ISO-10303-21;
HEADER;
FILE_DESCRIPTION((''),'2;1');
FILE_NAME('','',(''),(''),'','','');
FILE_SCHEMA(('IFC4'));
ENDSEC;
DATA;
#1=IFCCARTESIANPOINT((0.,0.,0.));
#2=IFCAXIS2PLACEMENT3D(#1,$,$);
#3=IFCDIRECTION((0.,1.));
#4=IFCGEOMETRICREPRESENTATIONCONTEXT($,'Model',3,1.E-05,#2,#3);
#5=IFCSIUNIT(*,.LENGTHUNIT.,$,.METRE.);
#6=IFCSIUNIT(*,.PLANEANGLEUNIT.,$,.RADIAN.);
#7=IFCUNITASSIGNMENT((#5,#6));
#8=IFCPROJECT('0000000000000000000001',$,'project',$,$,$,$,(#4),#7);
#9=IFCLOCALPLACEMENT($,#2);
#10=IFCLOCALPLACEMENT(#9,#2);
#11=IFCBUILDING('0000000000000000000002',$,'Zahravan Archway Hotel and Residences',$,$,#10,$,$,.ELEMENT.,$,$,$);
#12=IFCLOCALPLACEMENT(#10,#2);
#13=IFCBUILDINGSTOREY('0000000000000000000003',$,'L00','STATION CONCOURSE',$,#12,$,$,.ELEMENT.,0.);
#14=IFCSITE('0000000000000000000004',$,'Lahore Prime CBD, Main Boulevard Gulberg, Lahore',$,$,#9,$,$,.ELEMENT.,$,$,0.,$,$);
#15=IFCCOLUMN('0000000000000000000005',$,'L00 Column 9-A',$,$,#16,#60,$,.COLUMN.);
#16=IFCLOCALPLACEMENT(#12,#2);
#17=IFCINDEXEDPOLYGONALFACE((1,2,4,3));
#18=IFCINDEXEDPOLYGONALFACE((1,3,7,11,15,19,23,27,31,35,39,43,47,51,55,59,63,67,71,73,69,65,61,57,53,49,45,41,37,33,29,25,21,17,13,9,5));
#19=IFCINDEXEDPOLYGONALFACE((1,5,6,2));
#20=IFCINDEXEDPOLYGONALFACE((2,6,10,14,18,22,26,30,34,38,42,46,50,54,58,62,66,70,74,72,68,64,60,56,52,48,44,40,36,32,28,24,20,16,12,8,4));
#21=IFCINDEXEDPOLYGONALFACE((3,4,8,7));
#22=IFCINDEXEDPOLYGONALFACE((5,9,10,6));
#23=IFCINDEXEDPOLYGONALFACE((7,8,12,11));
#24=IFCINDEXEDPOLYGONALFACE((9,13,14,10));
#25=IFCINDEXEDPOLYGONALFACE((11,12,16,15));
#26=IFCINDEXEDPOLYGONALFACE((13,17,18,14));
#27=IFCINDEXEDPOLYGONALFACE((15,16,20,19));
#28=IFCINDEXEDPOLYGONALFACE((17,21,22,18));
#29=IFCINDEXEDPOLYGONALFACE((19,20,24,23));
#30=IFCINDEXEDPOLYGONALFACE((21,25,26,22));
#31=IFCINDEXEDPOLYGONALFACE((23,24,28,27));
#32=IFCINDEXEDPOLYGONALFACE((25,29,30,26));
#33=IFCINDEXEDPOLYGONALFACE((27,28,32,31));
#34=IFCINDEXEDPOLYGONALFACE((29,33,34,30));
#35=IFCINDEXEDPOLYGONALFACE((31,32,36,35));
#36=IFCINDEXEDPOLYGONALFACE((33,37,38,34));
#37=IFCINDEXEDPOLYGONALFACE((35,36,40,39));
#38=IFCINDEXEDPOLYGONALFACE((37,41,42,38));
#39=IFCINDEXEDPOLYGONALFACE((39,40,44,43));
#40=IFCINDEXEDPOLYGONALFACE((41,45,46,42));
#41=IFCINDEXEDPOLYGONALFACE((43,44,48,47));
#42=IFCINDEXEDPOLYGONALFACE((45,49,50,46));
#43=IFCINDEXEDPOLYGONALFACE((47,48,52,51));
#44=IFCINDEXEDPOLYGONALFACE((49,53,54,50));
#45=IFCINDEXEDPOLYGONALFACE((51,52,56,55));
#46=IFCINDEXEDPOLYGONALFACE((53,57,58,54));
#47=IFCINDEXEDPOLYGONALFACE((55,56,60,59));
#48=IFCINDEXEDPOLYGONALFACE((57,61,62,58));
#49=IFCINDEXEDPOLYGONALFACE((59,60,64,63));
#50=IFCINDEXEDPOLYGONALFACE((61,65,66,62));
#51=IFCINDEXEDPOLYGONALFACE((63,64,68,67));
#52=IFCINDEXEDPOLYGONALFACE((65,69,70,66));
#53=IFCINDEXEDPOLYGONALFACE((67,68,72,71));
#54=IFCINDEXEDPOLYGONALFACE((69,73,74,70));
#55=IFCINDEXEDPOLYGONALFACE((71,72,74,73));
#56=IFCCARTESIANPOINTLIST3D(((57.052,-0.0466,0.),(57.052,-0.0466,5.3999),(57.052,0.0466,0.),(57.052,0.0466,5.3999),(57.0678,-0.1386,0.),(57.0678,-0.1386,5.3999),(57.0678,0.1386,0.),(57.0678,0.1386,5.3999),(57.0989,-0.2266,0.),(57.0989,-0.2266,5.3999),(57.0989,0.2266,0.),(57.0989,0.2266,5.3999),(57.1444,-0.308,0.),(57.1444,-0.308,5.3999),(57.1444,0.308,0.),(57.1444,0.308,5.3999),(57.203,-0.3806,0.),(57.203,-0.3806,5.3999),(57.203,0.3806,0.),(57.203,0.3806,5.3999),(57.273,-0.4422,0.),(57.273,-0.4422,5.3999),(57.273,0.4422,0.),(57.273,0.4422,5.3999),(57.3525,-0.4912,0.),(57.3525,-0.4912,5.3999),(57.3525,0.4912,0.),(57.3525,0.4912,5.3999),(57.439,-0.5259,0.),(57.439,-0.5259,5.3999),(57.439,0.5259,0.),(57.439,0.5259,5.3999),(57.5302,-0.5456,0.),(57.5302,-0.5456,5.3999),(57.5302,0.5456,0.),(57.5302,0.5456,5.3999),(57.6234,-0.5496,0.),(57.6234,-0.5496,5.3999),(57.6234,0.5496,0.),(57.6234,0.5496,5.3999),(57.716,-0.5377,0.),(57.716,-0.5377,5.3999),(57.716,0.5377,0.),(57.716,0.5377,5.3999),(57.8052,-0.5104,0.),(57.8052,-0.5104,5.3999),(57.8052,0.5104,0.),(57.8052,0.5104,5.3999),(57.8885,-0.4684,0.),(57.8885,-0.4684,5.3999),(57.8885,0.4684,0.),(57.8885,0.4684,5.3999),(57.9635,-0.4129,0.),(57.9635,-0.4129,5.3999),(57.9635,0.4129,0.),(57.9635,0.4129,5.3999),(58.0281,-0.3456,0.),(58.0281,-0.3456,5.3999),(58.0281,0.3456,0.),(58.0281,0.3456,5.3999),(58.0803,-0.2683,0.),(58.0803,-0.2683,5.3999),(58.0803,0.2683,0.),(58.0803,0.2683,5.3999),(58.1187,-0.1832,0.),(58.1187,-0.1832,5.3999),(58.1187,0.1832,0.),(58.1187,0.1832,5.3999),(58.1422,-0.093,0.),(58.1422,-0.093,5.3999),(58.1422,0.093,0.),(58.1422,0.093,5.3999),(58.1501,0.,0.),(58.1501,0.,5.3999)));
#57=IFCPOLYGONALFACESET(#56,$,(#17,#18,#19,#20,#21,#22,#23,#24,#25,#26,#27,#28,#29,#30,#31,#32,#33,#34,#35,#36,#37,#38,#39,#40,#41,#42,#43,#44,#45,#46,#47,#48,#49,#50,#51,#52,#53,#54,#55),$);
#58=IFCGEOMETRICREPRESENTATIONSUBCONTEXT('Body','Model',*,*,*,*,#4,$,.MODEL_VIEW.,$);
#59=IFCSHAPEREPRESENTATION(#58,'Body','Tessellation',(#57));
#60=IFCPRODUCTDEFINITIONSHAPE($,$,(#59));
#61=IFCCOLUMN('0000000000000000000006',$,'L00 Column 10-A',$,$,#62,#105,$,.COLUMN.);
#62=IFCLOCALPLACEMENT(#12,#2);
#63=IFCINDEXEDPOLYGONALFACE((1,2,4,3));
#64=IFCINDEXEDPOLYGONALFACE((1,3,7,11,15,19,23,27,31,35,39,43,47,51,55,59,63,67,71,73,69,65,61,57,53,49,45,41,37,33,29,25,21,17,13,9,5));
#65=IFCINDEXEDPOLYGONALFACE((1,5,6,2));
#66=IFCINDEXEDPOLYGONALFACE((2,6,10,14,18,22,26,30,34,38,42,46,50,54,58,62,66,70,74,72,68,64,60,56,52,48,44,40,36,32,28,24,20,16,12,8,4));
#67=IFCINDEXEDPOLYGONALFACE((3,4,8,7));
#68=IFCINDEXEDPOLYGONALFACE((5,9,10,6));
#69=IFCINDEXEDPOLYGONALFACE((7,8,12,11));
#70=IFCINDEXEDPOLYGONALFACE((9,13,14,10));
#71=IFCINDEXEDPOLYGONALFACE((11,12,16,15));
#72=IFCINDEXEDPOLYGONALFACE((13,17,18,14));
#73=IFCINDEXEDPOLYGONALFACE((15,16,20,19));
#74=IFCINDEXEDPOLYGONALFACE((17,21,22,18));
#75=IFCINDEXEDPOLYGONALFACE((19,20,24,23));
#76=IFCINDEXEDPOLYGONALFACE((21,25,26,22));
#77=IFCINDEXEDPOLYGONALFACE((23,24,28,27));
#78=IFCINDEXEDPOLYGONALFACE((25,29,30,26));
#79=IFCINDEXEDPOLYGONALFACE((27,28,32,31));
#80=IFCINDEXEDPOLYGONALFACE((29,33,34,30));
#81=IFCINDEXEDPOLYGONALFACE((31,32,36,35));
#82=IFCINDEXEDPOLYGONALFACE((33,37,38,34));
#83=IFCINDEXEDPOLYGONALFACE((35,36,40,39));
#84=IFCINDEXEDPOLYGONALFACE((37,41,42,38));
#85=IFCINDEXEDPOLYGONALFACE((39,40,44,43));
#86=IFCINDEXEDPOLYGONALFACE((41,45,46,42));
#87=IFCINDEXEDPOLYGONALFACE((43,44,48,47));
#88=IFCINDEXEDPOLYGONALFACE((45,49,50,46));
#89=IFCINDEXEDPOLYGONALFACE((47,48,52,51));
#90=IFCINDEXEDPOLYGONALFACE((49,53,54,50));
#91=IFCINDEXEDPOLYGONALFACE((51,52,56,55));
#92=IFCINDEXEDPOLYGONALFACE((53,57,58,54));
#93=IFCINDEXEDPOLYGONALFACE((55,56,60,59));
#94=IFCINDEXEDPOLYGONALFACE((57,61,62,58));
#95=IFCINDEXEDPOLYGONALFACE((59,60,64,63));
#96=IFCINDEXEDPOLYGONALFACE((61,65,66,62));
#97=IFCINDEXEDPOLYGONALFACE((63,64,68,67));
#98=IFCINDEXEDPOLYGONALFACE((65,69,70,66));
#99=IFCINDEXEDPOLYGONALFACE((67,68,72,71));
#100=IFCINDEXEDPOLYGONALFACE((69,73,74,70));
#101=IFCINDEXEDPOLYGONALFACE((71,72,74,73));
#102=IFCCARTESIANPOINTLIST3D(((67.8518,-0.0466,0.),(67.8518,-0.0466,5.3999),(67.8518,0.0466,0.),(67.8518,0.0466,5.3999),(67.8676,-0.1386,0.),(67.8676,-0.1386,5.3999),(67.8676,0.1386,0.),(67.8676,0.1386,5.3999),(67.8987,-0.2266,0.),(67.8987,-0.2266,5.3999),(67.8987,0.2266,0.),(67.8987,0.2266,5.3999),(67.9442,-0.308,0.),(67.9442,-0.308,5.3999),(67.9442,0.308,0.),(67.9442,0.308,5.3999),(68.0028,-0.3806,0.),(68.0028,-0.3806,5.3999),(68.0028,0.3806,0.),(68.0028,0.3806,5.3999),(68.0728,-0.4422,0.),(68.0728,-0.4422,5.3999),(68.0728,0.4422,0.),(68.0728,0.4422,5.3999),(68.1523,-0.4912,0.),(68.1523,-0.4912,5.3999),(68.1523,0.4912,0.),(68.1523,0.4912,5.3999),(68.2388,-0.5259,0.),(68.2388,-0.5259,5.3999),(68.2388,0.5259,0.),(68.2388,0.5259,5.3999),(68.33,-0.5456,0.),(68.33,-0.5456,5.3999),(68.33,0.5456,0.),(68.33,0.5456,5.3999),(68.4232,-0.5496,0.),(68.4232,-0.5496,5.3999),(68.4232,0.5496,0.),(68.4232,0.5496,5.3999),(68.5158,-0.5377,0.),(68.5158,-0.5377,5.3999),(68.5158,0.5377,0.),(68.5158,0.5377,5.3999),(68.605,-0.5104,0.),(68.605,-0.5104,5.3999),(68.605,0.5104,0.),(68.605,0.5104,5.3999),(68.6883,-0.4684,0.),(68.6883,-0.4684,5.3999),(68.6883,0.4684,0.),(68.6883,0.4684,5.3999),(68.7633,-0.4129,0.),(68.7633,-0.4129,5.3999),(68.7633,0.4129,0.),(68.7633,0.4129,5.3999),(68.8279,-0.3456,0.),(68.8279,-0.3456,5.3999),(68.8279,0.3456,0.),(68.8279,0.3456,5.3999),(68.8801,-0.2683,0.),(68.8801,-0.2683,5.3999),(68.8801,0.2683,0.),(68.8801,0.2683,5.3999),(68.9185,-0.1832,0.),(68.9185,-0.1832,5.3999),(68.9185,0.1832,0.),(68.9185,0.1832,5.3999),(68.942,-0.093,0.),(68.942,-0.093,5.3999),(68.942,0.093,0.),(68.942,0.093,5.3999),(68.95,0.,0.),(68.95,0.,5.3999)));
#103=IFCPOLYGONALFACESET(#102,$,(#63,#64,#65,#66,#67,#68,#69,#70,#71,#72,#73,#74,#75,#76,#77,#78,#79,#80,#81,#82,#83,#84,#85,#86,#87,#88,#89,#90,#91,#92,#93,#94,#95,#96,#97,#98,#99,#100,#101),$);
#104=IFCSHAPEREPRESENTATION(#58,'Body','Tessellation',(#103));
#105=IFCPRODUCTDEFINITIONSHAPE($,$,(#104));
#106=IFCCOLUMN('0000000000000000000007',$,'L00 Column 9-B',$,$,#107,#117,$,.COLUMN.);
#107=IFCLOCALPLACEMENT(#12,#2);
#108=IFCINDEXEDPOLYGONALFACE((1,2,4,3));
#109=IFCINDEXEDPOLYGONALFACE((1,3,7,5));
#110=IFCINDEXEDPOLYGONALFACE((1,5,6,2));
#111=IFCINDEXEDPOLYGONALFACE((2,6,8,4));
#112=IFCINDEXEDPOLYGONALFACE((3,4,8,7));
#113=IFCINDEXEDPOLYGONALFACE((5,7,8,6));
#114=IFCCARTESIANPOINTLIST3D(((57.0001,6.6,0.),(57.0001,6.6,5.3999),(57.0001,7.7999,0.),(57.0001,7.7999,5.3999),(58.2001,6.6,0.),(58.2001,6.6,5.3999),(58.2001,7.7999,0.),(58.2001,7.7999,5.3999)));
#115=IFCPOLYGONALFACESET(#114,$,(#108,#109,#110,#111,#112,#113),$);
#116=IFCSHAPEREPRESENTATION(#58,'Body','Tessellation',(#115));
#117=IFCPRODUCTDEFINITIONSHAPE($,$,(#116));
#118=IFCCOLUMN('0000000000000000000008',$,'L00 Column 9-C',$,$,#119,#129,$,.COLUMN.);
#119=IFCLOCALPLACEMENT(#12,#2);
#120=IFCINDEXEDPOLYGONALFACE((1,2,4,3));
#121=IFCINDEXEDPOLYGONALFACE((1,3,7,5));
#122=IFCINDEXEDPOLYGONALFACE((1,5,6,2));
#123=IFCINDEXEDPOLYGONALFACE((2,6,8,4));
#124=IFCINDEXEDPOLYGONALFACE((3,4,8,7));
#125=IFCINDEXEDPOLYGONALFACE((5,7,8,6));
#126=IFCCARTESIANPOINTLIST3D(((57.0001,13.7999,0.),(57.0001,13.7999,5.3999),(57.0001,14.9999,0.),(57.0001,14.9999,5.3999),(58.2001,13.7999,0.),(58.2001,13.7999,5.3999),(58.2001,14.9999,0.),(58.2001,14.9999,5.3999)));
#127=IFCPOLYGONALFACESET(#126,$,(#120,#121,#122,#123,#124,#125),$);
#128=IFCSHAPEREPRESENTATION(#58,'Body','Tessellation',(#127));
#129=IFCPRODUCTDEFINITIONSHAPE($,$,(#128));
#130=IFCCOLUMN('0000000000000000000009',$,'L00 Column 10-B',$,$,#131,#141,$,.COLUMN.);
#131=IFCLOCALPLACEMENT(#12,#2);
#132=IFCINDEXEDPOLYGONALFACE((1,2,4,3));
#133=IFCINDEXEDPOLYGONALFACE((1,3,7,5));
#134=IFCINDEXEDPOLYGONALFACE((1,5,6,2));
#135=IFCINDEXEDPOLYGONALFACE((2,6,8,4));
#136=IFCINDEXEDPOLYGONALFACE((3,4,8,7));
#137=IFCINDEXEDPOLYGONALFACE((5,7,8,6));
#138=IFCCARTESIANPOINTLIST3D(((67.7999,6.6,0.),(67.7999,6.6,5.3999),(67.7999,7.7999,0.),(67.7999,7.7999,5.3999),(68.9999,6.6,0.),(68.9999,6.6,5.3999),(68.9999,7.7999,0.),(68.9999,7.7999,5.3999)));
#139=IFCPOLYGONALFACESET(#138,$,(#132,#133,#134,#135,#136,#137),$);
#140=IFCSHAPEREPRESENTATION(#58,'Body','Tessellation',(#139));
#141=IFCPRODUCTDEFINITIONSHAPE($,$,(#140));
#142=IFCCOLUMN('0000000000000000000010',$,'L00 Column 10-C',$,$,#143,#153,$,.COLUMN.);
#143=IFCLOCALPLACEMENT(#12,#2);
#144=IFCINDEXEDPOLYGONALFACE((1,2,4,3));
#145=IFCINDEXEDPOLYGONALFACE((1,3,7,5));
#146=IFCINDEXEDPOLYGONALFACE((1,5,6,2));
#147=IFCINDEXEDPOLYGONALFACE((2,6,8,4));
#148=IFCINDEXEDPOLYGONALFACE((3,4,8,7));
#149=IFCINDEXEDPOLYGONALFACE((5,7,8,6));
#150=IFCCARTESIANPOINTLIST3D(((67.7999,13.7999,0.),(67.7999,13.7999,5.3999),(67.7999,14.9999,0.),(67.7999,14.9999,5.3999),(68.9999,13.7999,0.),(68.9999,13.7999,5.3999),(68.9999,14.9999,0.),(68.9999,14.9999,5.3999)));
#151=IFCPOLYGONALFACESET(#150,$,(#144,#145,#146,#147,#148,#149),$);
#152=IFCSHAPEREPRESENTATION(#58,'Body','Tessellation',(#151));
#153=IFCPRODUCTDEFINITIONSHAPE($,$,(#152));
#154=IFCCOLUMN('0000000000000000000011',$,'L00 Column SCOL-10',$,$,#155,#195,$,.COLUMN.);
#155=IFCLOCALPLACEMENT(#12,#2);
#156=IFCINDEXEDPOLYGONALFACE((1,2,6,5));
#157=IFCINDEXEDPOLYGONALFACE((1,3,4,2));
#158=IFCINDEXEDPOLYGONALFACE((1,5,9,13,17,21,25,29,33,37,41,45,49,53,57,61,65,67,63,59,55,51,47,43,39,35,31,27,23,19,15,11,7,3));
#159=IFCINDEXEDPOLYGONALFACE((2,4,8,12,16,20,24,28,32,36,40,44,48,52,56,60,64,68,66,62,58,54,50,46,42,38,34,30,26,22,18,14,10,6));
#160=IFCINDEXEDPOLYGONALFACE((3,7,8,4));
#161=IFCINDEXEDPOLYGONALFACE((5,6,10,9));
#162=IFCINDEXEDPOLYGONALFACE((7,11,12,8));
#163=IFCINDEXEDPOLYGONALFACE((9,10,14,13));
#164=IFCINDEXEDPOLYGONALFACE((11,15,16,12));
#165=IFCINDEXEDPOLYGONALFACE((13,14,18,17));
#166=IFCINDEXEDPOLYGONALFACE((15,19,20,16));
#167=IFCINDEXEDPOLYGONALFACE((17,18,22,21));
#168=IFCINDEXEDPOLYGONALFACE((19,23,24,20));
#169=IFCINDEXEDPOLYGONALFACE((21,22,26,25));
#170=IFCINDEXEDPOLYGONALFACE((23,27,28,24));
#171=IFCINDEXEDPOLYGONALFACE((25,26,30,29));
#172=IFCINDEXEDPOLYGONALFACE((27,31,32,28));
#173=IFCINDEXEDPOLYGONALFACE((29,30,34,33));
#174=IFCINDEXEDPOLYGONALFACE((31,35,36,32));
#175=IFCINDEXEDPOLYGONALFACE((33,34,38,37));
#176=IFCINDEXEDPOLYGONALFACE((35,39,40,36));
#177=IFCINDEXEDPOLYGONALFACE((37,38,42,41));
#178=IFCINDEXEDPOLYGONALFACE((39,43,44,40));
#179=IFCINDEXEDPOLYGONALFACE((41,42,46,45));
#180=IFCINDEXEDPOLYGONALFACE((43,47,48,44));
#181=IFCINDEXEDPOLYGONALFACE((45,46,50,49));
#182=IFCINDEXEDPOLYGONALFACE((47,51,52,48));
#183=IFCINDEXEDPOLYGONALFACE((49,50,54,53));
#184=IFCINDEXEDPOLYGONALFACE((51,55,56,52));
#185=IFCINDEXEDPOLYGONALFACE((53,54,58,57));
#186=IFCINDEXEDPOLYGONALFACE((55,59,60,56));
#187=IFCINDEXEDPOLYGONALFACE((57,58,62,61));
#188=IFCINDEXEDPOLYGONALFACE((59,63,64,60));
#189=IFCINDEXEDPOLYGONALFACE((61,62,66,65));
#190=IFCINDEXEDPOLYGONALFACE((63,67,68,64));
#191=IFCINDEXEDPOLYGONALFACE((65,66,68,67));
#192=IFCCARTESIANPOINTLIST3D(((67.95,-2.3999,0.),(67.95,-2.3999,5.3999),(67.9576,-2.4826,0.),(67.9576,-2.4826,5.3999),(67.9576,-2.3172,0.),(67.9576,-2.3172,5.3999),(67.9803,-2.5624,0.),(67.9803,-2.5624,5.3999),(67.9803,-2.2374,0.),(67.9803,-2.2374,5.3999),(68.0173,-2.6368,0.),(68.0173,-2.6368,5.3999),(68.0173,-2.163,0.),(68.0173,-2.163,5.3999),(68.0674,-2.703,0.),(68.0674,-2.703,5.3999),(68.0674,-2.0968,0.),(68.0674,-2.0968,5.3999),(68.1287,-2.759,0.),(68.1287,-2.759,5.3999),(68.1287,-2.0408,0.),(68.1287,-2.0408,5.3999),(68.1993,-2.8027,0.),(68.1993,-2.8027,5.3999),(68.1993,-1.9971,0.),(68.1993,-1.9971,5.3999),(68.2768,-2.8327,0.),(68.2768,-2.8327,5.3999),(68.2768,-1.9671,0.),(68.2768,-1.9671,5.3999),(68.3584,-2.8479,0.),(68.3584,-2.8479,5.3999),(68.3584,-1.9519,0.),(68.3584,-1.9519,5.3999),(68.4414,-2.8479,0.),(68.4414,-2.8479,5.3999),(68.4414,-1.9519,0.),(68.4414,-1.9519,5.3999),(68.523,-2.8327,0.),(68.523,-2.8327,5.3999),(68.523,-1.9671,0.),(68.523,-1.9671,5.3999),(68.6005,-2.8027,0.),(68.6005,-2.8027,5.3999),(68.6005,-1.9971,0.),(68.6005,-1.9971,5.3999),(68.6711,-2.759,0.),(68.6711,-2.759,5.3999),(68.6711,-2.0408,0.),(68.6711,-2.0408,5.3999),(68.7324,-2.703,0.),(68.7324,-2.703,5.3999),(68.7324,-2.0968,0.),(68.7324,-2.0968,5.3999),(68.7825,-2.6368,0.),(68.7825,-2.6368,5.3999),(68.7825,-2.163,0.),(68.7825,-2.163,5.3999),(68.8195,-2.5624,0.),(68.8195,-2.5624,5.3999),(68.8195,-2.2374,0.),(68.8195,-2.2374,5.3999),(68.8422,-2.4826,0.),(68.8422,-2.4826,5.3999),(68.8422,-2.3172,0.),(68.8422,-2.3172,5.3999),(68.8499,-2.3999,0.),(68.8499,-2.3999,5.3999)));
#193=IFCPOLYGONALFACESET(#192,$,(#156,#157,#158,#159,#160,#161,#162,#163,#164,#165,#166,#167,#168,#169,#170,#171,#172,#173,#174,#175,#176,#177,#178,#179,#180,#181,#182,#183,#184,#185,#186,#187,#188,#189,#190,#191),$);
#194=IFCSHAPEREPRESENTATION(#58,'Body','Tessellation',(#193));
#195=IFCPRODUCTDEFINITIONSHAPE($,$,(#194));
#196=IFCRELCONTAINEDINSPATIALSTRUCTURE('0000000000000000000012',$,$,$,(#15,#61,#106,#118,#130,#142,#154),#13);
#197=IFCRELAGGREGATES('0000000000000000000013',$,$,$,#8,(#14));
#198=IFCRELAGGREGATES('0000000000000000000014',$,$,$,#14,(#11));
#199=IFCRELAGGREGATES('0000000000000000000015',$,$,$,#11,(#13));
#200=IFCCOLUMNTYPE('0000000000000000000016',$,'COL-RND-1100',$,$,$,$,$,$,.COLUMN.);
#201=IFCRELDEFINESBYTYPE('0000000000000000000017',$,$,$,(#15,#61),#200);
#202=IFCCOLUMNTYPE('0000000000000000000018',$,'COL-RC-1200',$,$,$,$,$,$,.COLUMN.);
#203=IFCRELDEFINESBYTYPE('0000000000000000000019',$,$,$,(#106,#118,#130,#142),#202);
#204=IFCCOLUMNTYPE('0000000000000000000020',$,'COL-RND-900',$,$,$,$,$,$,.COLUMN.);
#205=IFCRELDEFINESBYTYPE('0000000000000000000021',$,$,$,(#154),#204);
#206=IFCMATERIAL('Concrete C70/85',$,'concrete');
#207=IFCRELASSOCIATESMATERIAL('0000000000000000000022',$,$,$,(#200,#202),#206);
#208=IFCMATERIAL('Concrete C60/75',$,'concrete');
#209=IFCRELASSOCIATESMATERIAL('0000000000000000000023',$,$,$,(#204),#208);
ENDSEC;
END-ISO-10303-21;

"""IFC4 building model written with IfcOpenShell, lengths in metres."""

from ifc_helpers import new_model, si_unit, direction, frame, origin, origin_2d, place, context, subcontext, project, spatial, rectangle, circle, extrude, source, transform, mapped, material, material_profile, profile_set, type_object, type_shapes, element, save


model = new_model("IFC4")

# Units and contexts
model_context = context("Model", 3, precision=1e-05, world=origin(), true_north=direction((0.0, 1.0)))
body_context = subcontext(model_context, "Body", "Model", "MODEL_VIEW")
ifc_project = project(units=[si_unit("LENGTHUNIT", "METRE"), si_unit("PLANEANGLEUNIT", "RADIAN")], contexts=[model_context])

# Site, building, storey
site_placement = place(None, origin())
site = spatial("IfcSite", under=ifc_project, at=site_placement, Name="Lahore Prime CBD, Main Boulevard Gulberg, Lahore", CompositionType="ELEMENT", RefElevation=0.0)
building_placement = place(site_placement, origin())
building = spatial("IfcBuilding", under=site, at=building_placement, Name="Zahravan Archway Hotel and Residences", CompositionType="ELEMENT")
storey_placement = place(building_placement, origin())
storey = spatial("IfcBuildingStorey", under=building, at=storey_placement, Name="L00", Description="STATION CONCOURSE", CompositionType="ELEMENT", Elevation=0.0)

# Columns
ifc_material_1 = material(Name="Concrete C70/85", Category="concrete")
ifc_material_profile_1 = material_profile(ifc_material_1, circle(Radius=0.55, at=origin_2d()), Name="RC-CIRC-1100", Category="concrete")
ifc_profile_set_1 = profile_set([ifc_material_profile_1], Name="Concrete C70/85")
column_type_1 = type_object("IfcColumnType", Name="COL-RND-1100", PredefinedType="COLUMN", material=ifc_profile_set_1)
shared_shape_1 = source(origin(), body_context, "Body", "SweptSolid", [
    extrude(circle(Radius=0.55, at=origin_2d()), origin(), (0.0, 0.0, 1.0), 5.3999),
])
type_shapes(column_type_1, [shared_shape_1])
for number, where, z_axis, x_axis, name in (
    (1, (57.6001, 0.0, 0.0), (0.0, 0.0, 1.0), (1.0, 0.0, 0.0), "L00 Column 9-A"),
    (2, (68.3999, 0.0, 0.0), (0.0, 0.0, 1.0), (1.0, 0.0, 0.0), "L00 Column 10-A"),
):
    element("IfcColumn", number, at=place(storey_placement, frame(where, z_axis=z_axis, x_axis=x_axis)), inside=storey, type_object=column_type_1, Name=name, PredefinedType="COLUMN", context=body_context, shape_type="MappedRepresentation", body=[
        mapped(shared_shape_1, transform((0.0, 0.0, 0.0), scale=1.0)),
    ])
ifc_material_profile_2 = material_profile(ifc_material_1, rectangle(XDim=1.2, YDim=1.2, at=origin_2d()), Name="RC-COL-1200x1200", Category="concrete")
ifc_profile_set_2 = profile_set([ifc_material_profile_2], Name="Concrete C70/85")
column_type_2 = type_object("IfcColumnType", Name="COL-RC-1200", PredefinedType="COLUMN", material=ifc_profile_set_2)
shared_shape_2 = source(origin(), body_context, "Body", "SweptSolid", [
    extrude(rectangle(XDim=1.2, YDim=1.2, at=origin_2d()), origin(), (0.0, 0.0, 1.0), 5.3999),
])
for number, where, z_axis, x_axis, name in (
    (3, (57.6001, 7.2, 0.0), (0.0, 0.0, 1.0), (1.0, 0.0, 0.0), "L00 Column 9-B"),
    (4, (57.6001, 14.3999, 0.0), (0.0, 0.0, 1.0), (1.0, 0.0, 0.0), "L00 Column 9-C"),
    (5, (68.3999, 7.2, 0.0), (0.0, 0.0, 1.0), (1.0, 0.0, 0.0), "L00 Column 10-B"),
    (6, (68.3999, 14.3999, 0.0), (0.0, 0.0, 1.0), (1.0, 0.0, 0.0), "L00 Column 10-C"),
):
    element("IfcColumn", number, at=place(storey_placement, frame(where, z_axis=z_axis, x_axis=x_axis)), inside=storey, type_object=column_type_2, Name=name, PredefinedType="COLUMN", context=body_context, shape_type="MappedRepresentation", body=[
        mapped(shared_shape_2, transform((0.0, 0.0, 0.0), scale=1.0)),
    ])
ifc_material_2 = material(Name="Concrete C60/75", Category="concrete")
ifc_material_profile_3 = material_profile(ifc_material_2, circle(Radius=0.45, at=origin_2d()), Name="RC-CIRC-900", Category="concrete")
ifc_profile_set_3 = profile_set([ifc_material_profile_3], Name="Concrete C60/75")
column_type_3 = type_object("IfcColumnType", Name="COL-RND-900", PredefinedType="COLUMN", material=ifc_profile_set_3)
shared_shape_3 = source(origin(), body_context, "Body", "SweptSolid", [
    extrude(circle(Radius=0.45, at=origin_2d()), origin(), (0.0, 0.0, 1.0), 5.3999),
])
type_shapes(column_type_3, [shared_shape_3])
column_placement = place(storey_placement, frame((68.3999, -2.3999, 0.0), z_axis=(0.0, 0.0, 1.0), x_axis=(1.0, 0.0, 0.0)))
element("IfcColumn", 7, at=column_placement, inside=storey, type_object=column_type_3, Name="L00 Column SCOL-10", PredefinedType="COLUMN", context=body_context, shape_type="MappedRepresentation", body=[
    mapped(shared_shape_3, transform((0.0, 0.0, 0.0), scale=1.0)),
])

save(model, "model.ifc")
